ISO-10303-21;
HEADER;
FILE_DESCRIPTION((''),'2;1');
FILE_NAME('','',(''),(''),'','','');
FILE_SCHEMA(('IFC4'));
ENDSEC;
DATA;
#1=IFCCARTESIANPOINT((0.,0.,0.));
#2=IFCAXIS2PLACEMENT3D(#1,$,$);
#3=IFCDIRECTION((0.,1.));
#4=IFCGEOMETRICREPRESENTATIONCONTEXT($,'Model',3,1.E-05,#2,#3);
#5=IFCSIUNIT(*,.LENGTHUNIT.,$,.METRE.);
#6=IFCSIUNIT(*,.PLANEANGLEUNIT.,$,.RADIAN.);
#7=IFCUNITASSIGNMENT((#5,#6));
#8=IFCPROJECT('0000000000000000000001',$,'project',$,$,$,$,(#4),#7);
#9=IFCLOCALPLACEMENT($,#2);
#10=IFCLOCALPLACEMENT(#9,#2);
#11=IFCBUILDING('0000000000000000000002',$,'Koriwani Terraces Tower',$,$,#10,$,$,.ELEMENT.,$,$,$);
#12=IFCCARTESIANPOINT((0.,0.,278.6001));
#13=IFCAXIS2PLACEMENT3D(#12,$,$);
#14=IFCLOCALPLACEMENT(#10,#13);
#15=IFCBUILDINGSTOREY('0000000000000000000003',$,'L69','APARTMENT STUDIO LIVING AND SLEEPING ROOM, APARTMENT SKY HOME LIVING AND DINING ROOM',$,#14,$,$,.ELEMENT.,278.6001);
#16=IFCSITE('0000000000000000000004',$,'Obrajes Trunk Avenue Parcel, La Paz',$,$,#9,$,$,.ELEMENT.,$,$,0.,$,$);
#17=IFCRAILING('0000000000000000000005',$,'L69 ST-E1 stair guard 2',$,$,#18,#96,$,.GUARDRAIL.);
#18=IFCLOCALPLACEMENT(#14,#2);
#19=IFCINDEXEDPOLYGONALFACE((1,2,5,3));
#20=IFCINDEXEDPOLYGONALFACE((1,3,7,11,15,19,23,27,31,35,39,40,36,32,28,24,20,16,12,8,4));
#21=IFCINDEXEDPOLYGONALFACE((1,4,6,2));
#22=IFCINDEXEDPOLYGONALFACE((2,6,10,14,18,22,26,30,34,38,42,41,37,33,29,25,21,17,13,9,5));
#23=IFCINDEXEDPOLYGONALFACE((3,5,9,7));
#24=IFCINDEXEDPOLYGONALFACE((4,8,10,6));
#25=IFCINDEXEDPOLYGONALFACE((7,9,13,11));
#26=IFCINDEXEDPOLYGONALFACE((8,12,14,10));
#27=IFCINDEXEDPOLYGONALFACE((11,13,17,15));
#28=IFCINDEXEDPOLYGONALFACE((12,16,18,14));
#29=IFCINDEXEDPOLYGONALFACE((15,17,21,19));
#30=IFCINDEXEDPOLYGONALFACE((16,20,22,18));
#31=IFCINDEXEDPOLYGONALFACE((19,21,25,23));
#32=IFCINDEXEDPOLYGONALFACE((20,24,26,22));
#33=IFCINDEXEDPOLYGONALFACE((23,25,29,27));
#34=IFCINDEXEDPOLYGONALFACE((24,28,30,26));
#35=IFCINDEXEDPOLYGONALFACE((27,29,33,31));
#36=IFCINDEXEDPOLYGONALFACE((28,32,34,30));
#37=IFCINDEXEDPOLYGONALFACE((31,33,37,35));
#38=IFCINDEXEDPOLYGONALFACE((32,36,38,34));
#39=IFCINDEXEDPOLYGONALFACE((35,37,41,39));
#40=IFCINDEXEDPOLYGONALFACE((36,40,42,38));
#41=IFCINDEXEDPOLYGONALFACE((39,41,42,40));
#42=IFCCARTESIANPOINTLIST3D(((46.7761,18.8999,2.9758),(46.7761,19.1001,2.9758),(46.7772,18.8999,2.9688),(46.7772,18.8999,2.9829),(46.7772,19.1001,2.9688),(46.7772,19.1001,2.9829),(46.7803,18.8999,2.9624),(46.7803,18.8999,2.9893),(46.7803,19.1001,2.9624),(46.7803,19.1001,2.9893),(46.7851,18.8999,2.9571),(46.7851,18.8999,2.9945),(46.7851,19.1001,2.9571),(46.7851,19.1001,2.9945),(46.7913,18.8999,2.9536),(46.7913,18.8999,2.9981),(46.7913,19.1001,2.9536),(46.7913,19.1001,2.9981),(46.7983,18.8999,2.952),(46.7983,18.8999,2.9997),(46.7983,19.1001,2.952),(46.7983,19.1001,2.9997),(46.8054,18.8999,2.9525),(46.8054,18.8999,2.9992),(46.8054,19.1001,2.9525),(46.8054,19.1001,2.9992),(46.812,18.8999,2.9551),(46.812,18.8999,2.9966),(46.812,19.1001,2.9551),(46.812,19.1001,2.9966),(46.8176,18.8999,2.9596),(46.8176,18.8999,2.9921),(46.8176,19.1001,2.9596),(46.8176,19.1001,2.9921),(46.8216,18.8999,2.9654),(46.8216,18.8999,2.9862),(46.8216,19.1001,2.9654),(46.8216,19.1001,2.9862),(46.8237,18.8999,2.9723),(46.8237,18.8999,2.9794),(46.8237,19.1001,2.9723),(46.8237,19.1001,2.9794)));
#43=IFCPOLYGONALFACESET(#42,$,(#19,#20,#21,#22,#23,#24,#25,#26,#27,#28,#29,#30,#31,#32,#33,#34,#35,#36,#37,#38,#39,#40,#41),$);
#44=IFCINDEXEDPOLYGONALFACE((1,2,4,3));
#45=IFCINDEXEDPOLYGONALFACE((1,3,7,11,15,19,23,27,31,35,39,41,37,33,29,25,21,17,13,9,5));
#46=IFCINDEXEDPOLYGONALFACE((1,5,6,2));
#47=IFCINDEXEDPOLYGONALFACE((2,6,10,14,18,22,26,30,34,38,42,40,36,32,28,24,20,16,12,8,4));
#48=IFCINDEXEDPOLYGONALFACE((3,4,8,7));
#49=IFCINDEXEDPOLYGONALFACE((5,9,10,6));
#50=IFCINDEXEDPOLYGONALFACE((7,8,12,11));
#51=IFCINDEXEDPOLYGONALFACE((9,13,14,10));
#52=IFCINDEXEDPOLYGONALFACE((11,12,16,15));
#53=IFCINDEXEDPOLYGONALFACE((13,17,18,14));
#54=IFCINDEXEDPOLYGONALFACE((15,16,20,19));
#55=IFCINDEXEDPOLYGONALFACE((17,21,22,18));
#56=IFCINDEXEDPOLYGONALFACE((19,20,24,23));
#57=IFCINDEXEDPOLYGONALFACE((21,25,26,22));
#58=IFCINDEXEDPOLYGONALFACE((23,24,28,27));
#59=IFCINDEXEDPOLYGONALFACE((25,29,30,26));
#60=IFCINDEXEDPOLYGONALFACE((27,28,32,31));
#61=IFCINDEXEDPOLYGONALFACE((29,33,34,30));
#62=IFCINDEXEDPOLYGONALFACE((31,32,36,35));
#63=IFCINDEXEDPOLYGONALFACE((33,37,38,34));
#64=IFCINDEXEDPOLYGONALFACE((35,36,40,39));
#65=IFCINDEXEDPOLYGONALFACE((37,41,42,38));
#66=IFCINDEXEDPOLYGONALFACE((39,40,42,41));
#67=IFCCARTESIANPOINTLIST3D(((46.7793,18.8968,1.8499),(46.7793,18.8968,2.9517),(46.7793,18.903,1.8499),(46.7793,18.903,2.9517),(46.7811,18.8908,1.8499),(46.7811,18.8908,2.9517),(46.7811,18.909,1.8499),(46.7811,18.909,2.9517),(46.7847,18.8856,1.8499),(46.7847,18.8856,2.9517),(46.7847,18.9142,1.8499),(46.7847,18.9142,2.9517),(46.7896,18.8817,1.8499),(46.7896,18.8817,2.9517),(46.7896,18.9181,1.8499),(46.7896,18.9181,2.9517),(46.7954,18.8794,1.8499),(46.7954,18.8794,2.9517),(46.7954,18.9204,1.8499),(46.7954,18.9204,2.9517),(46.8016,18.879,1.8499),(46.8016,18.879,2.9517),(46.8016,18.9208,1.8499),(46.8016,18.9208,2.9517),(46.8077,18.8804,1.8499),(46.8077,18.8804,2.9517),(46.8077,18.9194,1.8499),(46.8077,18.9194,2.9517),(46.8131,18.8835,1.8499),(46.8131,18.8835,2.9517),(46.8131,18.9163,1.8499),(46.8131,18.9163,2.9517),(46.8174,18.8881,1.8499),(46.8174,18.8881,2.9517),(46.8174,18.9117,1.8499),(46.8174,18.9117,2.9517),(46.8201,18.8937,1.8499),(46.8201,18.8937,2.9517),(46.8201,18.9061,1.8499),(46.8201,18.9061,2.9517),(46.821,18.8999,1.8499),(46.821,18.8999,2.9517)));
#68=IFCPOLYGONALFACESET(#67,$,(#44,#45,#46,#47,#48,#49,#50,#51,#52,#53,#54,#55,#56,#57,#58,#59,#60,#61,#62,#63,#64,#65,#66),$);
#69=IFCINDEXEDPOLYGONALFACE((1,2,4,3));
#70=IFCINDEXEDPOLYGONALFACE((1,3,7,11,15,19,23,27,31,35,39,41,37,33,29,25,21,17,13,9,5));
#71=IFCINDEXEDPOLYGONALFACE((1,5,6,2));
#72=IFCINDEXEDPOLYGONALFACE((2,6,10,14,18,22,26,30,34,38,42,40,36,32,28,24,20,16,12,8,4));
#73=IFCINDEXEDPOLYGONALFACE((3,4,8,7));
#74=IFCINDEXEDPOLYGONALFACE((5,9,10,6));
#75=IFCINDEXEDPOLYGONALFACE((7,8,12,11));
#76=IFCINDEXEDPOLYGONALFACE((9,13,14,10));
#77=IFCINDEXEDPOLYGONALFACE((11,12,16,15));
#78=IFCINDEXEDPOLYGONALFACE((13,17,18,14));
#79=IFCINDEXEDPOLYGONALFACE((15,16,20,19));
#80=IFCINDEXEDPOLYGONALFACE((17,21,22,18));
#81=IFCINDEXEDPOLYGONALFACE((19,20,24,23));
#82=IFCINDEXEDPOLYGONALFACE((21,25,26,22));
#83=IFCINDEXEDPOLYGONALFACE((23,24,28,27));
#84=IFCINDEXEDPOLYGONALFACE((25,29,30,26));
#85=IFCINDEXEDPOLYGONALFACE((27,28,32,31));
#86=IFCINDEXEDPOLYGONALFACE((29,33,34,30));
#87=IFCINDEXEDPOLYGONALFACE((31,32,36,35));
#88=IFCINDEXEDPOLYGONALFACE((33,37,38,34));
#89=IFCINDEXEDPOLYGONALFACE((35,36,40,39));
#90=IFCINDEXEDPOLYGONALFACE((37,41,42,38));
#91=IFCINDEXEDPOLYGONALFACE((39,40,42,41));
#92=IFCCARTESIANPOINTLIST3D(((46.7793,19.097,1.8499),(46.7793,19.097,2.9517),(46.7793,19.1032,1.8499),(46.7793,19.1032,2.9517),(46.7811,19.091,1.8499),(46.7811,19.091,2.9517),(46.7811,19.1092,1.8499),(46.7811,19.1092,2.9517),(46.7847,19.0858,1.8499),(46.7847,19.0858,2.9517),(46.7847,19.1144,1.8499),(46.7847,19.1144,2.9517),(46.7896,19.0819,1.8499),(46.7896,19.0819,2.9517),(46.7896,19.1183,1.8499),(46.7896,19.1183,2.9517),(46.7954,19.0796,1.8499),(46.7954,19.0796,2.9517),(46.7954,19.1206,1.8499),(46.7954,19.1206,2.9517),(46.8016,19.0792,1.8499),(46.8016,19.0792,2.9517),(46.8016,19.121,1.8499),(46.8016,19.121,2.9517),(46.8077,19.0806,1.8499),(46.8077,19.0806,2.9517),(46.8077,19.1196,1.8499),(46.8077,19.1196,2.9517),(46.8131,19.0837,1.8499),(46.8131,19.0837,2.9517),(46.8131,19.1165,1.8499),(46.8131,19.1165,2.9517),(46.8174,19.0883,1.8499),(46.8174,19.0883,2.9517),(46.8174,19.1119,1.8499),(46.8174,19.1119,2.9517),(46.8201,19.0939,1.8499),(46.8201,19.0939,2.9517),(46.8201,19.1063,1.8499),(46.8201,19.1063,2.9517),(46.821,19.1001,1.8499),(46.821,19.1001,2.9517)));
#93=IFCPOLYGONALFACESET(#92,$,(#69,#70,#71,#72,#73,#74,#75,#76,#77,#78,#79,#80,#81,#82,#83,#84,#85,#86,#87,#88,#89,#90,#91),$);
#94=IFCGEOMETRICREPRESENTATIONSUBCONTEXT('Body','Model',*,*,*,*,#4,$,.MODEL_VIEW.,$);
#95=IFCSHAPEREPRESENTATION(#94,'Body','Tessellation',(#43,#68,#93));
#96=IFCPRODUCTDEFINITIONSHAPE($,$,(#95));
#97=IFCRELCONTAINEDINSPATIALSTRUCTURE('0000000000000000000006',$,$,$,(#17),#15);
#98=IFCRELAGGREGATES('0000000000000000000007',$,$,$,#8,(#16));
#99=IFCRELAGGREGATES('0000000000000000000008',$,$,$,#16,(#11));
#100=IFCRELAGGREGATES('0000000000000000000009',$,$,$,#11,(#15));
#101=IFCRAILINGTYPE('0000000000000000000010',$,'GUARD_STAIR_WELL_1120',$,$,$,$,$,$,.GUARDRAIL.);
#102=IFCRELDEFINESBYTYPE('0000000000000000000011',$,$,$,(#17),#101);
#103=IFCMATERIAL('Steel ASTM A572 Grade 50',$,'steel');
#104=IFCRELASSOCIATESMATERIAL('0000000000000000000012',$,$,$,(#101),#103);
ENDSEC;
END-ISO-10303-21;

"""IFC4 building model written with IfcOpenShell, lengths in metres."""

from ifc_helpers import new_model, si_unit, direction, frame, origin, origin_2d, place, context, subcontext, project, spatial, circle, extrude, material, type_object, element, save


model = new_model("IFC4")

# Units and contexts
model_context = context("Model", 3, precision=1e-05, world=origin(), true_north=direction((0.0, 1.0)))
body_context = subcontext(model_context, "Body", "Model", "MODEL_VIEW")
ifc_project = project(units=[si_unit("LENGTHUNIT", "METRE"), si_unit("PLANEANGLEUNIT", "RADIAN")], contexts=[model_context])

# Site, building, storey
site_placement = place(None, origin())
site = spatial("IfcSite", under=ifc_project, at=site_placement, Name="Obrajes Trunk Avenue Parcel, La Paz", CompositionType="ELEMENT", RefElevation=0.0)
building_placement = place(site_placement, origin())
building = spatial("IfcBuilding", under=site, at=building_placement, Name="Koriwani Terraces Tower", CompositionType="ELEMENT")
storey_placement = place(building_placement, frame((0.0, 0.0, 278.6001)))
storey = spatial("IfcBuildingStorey", under=building, at=storey_placement, Name="L69", Description="APARTMENT STUDIO LIVING AND SLEEPING ROOM, APARTMENT SKY HOME LIVING AND DINING ROOM", CompositionType="ELEMENT", Elevation=278.6001)

# Shared definitions
ifc_material_1 = material(Name="Steel ASTM A572 Grade 50", Category="steel")

# Railing
railing_type_1 = type_object("IfcRailingType", Name="GUARD_STAIR_WELL_1120", PredefinedType="GUARDRAIL", material=ifc_material_1)
railing_1_placement = place(storey_placement, frame((46.8, 18.8999, 1.8499)))
element("IfcRailing", 1, at=railing_1_placement, inside=storey, type_object=railing_type_1, Name="L69 ST-E1 stair guard 2", PredefinedType="GUARDRAIL", context=body_context, shape_type="SweptSolid", body=[
    extrude(circle(Radius=0.0239, at=origin_2d()), frame((0.0, 0.0, 1.126), z_axis=(0.0, 1.0, 0.0), x_axis=(-1.0, 0.0, 0.0)), (0.0, 0.0, 1.0), 0.2002),
    extrude(circle(Radius=0.021, at=origin_2d()), origin(), (0.0, 0.0, 1.0), 1.1018),
    extrude(circle(Radius=0.021, at=origin_2d()), frame((0.0, 0.2002, 0.0)), (0.0, 0.0, 1.0), 1.1018),
])

save(model, "model.ifc")
